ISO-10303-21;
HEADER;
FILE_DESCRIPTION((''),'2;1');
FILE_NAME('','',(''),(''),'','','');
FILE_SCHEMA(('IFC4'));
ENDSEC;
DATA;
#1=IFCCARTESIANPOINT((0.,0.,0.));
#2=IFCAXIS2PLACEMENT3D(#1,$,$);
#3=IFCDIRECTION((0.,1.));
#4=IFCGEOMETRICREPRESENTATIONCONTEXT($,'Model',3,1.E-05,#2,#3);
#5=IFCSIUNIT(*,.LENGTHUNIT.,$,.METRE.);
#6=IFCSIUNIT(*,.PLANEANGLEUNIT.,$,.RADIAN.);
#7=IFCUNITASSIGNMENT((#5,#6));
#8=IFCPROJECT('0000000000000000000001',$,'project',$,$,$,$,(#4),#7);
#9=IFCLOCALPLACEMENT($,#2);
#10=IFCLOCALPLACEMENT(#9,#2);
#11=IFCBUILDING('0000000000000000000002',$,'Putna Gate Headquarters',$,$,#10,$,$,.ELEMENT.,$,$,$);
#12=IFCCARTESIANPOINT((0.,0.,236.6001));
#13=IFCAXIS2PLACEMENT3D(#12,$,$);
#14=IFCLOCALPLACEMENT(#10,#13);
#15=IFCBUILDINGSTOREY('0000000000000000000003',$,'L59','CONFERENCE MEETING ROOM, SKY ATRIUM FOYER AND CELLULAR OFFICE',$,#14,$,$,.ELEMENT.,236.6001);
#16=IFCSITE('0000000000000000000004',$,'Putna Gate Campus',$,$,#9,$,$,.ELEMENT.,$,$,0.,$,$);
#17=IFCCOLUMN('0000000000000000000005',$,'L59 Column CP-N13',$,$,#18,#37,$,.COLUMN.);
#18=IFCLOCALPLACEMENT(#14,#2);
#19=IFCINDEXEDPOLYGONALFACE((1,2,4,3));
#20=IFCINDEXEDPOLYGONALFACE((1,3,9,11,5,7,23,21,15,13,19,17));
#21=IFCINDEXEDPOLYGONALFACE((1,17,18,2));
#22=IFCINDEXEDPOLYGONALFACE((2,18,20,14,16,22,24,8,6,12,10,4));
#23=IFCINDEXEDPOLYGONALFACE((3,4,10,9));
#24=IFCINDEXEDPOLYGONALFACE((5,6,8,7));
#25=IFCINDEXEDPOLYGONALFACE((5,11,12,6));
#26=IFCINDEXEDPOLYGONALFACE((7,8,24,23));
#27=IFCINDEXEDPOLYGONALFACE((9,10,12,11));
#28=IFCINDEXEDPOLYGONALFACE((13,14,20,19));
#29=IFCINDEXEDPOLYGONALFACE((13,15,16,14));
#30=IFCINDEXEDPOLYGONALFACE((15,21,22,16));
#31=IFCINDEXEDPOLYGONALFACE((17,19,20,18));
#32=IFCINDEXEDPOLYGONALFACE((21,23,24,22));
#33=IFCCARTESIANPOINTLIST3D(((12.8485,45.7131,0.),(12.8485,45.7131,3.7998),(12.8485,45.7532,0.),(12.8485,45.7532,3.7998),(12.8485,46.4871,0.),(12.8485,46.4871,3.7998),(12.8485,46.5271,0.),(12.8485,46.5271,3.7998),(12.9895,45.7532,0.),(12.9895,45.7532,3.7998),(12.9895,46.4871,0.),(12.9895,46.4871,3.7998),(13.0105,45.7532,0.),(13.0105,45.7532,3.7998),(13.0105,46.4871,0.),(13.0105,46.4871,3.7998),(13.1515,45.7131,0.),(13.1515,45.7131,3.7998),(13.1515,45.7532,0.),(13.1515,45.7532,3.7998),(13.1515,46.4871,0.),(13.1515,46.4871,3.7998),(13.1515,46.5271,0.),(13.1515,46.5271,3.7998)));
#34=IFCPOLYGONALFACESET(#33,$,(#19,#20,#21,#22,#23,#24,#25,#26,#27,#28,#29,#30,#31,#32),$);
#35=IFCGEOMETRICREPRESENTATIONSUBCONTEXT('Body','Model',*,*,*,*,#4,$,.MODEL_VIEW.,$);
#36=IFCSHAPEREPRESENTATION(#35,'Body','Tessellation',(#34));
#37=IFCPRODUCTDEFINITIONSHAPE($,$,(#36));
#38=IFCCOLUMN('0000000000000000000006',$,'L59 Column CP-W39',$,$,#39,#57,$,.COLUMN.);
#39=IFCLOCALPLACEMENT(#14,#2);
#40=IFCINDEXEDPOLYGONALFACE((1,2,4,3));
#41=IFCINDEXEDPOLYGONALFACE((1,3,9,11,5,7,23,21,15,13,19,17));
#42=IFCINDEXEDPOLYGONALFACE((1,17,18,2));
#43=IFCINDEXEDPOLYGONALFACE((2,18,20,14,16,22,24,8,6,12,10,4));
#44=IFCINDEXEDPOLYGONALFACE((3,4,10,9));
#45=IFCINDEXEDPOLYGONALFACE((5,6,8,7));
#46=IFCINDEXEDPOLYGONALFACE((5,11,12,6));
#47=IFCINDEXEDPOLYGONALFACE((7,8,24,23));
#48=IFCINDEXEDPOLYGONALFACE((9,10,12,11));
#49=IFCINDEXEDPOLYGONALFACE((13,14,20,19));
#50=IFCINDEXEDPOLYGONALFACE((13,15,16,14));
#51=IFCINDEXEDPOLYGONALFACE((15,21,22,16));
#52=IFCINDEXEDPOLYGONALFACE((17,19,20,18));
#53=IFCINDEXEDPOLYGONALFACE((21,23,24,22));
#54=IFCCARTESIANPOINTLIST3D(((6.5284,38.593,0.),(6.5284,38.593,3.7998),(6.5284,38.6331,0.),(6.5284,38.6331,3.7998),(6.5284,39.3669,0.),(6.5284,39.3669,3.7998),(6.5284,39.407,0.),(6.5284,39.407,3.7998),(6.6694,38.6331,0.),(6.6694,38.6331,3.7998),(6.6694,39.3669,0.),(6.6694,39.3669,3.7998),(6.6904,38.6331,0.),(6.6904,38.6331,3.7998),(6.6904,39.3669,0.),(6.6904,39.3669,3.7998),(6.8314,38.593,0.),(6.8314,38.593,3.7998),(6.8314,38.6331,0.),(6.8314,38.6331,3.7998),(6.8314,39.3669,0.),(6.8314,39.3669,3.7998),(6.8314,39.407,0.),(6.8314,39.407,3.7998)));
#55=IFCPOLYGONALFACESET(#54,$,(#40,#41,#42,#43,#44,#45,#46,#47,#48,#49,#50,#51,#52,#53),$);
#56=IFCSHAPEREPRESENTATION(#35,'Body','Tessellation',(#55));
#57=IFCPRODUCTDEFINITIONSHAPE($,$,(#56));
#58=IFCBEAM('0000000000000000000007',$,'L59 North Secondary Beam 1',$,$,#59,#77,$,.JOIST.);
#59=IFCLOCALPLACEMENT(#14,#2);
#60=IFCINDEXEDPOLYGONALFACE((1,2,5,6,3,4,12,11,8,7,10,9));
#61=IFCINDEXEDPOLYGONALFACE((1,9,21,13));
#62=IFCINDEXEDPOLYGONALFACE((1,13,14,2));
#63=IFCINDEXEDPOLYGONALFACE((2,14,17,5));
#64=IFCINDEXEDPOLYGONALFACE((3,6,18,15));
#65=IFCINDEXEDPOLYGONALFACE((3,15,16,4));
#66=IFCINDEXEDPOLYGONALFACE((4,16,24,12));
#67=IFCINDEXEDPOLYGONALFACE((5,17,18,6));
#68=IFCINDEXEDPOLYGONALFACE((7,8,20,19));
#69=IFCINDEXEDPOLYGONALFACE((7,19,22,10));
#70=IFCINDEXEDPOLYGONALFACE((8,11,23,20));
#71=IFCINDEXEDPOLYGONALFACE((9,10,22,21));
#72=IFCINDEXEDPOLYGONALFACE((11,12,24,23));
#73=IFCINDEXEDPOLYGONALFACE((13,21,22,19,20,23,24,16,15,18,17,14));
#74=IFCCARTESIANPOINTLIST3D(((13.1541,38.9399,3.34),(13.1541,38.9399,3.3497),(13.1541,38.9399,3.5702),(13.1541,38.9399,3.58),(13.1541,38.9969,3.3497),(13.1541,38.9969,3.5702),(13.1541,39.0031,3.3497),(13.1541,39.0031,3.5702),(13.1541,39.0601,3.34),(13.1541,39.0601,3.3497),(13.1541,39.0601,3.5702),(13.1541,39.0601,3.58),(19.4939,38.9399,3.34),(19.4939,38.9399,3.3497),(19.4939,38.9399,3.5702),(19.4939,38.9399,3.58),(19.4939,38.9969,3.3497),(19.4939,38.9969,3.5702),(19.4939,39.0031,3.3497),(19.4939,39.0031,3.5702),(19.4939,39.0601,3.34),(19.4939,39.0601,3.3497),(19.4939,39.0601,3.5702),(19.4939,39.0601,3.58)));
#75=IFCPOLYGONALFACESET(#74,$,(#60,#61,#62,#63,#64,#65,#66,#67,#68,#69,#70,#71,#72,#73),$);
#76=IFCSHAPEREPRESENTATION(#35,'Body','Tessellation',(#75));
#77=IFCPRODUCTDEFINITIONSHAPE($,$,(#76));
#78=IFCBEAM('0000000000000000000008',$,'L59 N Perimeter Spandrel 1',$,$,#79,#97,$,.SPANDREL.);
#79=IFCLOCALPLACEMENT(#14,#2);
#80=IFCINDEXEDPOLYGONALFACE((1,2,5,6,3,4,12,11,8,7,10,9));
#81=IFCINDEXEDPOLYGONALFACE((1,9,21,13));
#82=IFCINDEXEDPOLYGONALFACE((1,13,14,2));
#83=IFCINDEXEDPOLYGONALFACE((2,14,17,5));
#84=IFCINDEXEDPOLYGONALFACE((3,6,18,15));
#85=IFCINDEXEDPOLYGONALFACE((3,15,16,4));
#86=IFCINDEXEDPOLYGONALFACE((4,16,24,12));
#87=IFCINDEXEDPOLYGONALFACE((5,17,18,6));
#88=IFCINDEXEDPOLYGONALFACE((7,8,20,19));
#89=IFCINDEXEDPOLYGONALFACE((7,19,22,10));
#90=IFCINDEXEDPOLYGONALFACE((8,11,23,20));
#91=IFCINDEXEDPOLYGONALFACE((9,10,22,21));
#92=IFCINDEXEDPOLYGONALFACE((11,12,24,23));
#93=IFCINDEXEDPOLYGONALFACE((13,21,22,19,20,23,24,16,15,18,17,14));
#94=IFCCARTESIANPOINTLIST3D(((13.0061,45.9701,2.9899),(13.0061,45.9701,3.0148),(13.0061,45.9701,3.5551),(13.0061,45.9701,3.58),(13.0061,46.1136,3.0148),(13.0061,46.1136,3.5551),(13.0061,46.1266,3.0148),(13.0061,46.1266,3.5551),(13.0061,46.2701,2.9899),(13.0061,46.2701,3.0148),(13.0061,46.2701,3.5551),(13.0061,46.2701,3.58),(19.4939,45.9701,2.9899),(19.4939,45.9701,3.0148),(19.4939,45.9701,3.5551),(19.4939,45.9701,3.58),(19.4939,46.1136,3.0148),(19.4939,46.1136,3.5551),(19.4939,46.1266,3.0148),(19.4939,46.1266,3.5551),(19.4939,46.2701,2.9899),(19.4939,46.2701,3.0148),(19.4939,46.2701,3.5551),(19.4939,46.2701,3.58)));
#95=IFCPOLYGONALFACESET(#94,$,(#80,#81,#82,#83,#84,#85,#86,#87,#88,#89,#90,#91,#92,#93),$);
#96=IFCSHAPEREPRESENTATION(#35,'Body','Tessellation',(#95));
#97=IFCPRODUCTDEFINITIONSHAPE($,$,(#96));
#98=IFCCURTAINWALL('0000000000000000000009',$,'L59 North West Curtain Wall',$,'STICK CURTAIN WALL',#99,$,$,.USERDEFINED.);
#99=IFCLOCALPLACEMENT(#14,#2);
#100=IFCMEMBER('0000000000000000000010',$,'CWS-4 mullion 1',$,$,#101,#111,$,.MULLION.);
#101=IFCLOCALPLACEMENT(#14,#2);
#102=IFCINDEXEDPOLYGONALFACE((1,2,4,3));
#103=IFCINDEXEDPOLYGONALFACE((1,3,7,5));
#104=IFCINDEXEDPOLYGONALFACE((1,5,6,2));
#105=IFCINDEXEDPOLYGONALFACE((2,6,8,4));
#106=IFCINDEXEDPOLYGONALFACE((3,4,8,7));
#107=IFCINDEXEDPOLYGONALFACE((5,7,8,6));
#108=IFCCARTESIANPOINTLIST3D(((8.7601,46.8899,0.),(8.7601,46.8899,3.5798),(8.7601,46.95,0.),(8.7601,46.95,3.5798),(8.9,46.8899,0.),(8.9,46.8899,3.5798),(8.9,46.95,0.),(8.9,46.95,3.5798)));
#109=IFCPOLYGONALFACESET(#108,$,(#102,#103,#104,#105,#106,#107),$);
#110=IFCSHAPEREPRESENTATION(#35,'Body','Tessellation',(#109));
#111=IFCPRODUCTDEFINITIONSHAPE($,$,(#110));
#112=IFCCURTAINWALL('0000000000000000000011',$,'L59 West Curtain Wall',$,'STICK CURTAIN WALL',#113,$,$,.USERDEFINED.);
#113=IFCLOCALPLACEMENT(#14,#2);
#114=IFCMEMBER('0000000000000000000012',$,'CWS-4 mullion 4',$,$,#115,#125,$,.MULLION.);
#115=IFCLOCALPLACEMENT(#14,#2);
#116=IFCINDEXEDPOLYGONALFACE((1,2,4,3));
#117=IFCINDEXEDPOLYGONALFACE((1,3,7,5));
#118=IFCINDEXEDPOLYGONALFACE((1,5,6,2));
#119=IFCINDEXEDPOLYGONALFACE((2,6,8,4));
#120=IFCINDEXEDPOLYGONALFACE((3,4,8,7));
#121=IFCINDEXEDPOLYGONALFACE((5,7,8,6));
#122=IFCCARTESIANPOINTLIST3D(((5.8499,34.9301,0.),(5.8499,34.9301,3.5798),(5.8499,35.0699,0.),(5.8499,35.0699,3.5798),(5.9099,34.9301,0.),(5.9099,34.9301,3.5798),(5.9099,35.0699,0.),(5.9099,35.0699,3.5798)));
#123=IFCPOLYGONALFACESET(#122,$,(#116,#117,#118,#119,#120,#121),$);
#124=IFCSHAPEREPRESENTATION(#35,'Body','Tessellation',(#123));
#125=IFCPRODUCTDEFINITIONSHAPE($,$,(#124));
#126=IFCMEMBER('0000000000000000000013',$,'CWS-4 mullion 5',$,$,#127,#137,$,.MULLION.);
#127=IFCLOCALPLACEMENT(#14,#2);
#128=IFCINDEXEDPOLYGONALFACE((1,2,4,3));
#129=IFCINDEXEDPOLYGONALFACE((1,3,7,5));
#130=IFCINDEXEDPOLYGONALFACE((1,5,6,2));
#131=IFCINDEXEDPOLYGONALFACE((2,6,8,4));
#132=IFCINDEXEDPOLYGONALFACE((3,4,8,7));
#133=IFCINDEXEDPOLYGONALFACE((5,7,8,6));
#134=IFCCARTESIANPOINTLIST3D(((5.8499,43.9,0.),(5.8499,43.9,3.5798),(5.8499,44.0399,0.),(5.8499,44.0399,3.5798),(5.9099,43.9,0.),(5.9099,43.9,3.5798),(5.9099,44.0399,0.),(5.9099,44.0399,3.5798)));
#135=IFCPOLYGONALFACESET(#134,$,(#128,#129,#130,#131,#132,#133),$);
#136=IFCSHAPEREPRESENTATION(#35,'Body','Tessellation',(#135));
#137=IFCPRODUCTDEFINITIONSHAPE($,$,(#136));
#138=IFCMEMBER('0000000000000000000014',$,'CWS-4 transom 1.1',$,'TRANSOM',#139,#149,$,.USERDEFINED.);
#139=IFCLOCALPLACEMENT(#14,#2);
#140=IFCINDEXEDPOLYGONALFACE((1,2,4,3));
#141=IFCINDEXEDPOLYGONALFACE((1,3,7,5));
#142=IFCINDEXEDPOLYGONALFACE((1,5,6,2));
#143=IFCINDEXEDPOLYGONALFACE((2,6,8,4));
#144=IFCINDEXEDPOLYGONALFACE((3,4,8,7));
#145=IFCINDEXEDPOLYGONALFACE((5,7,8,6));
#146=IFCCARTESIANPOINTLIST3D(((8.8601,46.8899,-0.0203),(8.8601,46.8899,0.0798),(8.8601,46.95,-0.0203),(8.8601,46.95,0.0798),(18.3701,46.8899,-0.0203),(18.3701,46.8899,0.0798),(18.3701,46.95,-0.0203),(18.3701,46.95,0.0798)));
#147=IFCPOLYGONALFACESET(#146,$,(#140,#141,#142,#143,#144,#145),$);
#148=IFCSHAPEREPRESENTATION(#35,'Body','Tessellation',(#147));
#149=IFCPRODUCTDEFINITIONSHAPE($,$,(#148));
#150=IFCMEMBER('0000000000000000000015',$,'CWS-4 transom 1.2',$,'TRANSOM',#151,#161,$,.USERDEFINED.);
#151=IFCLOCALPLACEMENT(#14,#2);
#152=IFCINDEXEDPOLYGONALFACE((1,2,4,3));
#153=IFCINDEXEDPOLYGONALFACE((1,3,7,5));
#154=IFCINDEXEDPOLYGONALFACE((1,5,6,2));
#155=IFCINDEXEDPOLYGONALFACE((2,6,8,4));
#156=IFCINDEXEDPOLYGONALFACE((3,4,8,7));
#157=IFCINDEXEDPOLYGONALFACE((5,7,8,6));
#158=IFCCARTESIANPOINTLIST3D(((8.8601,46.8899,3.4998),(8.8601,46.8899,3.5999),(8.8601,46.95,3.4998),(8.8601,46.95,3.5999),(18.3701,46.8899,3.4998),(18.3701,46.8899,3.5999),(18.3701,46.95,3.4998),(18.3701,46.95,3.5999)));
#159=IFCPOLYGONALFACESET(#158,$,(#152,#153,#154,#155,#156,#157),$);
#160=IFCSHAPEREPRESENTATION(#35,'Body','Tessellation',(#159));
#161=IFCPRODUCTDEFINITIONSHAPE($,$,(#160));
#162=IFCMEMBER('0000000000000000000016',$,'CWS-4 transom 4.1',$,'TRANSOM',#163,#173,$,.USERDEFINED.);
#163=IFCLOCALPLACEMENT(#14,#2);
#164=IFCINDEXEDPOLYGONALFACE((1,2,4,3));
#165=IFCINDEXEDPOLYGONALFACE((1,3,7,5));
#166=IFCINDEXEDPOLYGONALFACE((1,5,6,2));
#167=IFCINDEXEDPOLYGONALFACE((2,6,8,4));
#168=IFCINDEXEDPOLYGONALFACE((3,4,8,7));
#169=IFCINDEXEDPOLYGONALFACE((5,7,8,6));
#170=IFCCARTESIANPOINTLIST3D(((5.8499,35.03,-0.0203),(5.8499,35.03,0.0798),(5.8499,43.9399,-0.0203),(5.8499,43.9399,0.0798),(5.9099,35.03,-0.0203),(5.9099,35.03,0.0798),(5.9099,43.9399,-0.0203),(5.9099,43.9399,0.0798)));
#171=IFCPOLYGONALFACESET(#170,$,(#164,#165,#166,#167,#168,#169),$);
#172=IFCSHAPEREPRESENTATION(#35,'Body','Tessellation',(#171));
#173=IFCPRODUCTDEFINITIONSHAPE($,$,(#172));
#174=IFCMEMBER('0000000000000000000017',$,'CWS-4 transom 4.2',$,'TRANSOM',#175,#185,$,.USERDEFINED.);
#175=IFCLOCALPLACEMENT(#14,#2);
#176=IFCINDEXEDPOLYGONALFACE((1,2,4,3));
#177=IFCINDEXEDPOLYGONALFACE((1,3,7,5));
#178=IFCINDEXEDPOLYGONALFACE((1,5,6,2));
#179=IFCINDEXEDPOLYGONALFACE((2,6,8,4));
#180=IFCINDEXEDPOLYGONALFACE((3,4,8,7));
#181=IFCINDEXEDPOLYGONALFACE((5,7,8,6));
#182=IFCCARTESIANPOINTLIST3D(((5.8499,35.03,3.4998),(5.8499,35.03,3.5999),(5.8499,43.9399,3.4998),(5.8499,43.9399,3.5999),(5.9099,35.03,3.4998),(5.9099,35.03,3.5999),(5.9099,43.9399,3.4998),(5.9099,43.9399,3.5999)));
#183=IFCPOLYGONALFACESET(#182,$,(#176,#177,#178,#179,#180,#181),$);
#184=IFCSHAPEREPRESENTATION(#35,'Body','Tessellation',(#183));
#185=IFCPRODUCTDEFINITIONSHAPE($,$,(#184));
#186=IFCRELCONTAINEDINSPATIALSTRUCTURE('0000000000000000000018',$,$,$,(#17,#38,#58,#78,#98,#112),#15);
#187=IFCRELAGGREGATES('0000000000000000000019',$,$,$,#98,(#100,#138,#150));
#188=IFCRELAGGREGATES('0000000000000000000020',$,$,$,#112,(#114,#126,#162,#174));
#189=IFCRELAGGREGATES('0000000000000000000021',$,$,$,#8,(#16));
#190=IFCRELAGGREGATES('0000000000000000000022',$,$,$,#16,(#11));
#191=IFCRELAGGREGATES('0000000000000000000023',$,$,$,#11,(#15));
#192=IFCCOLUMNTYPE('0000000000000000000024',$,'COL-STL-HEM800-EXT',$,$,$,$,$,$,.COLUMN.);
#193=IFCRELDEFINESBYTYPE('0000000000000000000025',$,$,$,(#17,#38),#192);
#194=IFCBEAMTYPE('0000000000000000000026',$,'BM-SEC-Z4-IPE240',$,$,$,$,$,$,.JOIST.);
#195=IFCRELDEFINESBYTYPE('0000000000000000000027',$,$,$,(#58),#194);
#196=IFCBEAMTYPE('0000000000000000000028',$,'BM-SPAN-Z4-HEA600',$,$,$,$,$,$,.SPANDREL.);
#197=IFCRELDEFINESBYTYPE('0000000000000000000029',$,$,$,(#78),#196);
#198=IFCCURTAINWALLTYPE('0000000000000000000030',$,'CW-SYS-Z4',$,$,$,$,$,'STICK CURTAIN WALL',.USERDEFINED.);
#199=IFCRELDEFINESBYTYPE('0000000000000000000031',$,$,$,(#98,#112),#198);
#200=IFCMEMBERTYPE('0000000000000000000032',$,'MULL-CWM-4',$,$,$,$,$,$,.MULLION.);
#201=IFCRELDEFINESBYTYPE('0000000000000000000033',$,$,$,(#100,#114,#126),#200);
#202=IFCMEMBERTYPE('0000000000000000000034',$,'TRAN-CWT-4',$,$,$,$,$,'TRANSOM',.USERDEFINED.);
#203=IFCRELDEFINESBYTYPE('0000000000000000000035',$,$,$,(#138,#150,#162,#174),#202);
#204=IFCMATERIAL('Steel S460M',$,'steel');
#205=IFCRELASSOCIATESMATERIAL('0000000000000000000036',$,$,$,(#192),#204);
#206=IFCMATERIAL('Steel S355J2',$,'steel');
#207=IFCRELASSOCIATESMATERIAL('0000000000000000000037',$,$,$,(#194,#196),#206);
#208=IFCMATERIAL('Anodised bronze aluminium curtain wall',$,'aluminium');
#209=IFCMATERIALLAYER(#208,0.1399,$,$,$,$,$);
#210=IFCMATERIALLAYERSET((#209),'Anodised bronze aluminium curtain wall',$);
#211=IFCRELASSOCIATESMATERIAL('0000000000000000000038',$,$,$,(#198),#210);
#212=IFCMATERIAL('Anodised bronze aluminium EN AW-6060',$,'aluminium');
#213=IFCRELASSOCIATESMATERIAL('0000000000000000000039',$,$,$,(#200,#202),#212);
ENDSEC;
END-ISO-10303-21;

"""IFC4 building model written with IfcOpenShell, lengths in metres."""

from ifc_helpers import new_model, si_unit, direction, frame, origin, origin_2d, place, context, subcontext, project, spatial, rectangle, i_section, extrude, material, layer, layer_set, material_profile, profile_set, type_object, element, aggregate, save


model = new_model("IFC4")

# Units and contexts
model_context = context("Model", 3, precision=1e-05, world=origin(), true_north=direction((0.0, 1.0)))
body_context = subcontext(model_context, "Body", "Model", "MODEL_VIEW")
ifc_project = project(units=[si_unit("LENGTHUNIT", "METRE"), si_unit("PLANEANGLEUNIT", "RADIAN")], contexts=[model_context])

# Site, building, storey
site_placement = place(None, origin())
site = spatial("IfcSite", under=ifc_project, at=site_placement, Name="Putna Gate Campus", CompositionType="ELEMENT", RefElevation=0.0)
building_placement = place(site_placement, origin())
building = spatial("IfcBuilding", under=site, at=building_placement, Name="Putna Gate Headquarters", CompositionType="ELEMENT")
storey_placement = place(building_placement, frame((0.0, 0.0, 236.6001)))
storey = spatial("IfcBuildingStorey", under=building, at=storey_placement, Name="L59", Description="CONFERENCE MEETING ROOM, SKY ATRIUM FOYER AND CELLULAR OFFICE", CompositionType="ELEMENT", Elevation=236.6001)

# Columns
ifc_material_1 = material(Name="Steel S460M", Category="steel")
ifc_material_profile_1 = material_profile(ifc_material_1, i_section(OverallWidth=0.303, OverallDepth=0.814, WebThickness=0.021, FlangeThickness=0.04, at=origin_2d()), Name="Steel S460M")
ifc_profile_set_1 = profile_set([ifc_material_profile_1], Name="Steel S460M")
column_type = type_object("IfcColumnType", Name="COL-STL-HEM800-EXT", PredefinedType="COLUMN", material=ifc_profile_set_1)
for number, where, z_axis, x_axis, name in (
    (1, (13.0, 46.1201, 0.0), (0.0, 0.0, 1.0), (1.0, 0.0, 0.0), "L59 Column CP-N13"),
    (2, (6.6799, 39.0, 0.0), (0.0, 0.0, 1.0), (1.0, 0.0, 0.0), "L59 Column CP-W39"),
):
    element("IfcColumn", number, at=place(storey_placement, frame(where, z_axis=z_axis, x_axis=x_axis)), inside=storey, type_object=column_type, Name=name, PredefinedType="COLUMN", context=body_context, shape_type="SweptSolid", body=[
        extrude(i_section(OverallWidth=0.303, OverallDepth=0.814, WebThickness=0.021, FlangeThickness=0.04, at=origin_2d()), origin(), (0.0, 0.0, 1.0), 3.7998),
    ])

# Beams
ifc_material_2 = material(Name="Steel S355J2", Category="steel")
ifc_material_profile_2 = material_profile(ifc_material_2, i_section(OverallWidth=0.1201, OverallDepth=0.24, WebThickness=0.0061, FlangeThickness=0.0098, at=origin_2d()), Name="Steel S355J2")
ifc_profile_set_2 = profile_set([ifc_material_profile_2], Name="Steel S355J2")
beam_type_1 = type_object("IfcBeamType", Name="BM-SEC-Z4-IPE240", PredefinedType="JOIST", material=ifc_profile_set_2)
beam_1_placement = place(storey_placement, frame((13.1541, 39.0, 3.46), z_axis=(1.0, 0.0, 0.0), x_axis=(0.0, 1.0, 0.0)))
element("IfcBeam", 3, at=beam_1_placement, inside=storey, type_object=beam_type_1, Name="L59 North Secondary Beam 1", PredefinedType="JOIST", context=body_context, shape_type="SweptSolid", body=[
    extrude(i_section(OverallWidth=0.1201, OverallDepth=0.24, WebThickness=0.0061, FlangeThickness=0.0098, at=origin_2d()), origin(), (0.0, 0.0, 1.0), 6.3398),
])
ifc_material_profile_3 = material_profile(ifc_material_2, i_section(OverallWidth=0.3, OverallDepth=0.5901, WebThickness=0.0129, FlangeThickness=0.0249, at=origin_2d()), Name="Steel S355J2")
ifc_profile_set_3 = profile_set([ifc_material_profile_3], Name="Steel S355J2")
beam_type_2 = type_object("IfcBeamType", Name="BM-SPAN-Z4-HEA600", PredefinedType="SPANDREL", material=ifc_profile_set_3)
beam_2_placement = place(storey_placement, frame((13.0061, 46.1201, 3.2849), z_axis=(1.0, 0.0, 0.0), x_axis=(0.0, 1.0, 0.0)))
element("IfcBeam", 4, at=beam_2_placement, inside=storey, type_object=beam_type_2, Name="L59 N Perimeter Spandrel 1", PredefinedType="SPANDREL", context=body_context, shape_type="SweptSolid", body=[
    extrude(i_section(OverallWidth=0.3, OverallDepth=0.5901, WebThickness=0.0129, FlangeThickness=0.0249, at=origin_2d()), origin(), (0.0, 0.0, 1.0), 6.4878),
])

# Curtain wall, member
ifc_material_3 = material(Name="Anodised bronze aluminium curtain wall", Category="aluminium")
ifc_layer_1 = layer(ifc_material_3, 0.1399)
ifc_layer_set_1 = layer_set([ifc_layer_1], Name="Anodised bronze aluminium curtain wall")
curtain_wall_type = type_object("IfcCurtainWallType", Name="CW-SYS-Z4", ElementType="STICK CURTAIN WALL", PredefinedType="USERDEFINED", material=ifc_layer_set_1)
curtain_wall_1_placement = place(storey_placement, origin())
curtain_wall_1 = element("IfcCurtainWall", 5, at=curtain_wall_1_placement, inside=storey, type_object=curtain_wall_type, Name="L59 North West Curtain Wall", ObjectType="STICK CURTAIN WALL", PredefinedType="USERDEFINED")
ifc_material_4 = material(Name="Anodised bronze aluminium EN AW-6060", Category="aluminium")
ifc_material_profile_4 = material_profile(ifc_material_4, rectangle(XDim=0.0601, YDim=0.1399, at=origin_2d()), Name="Anodised bronze aluminium EN AW-6060")
ifc_profile_set_4 = profile_set([ifc_material_profile_4], Name="Anodised bronze aluminium EN AW-6060")
member_type_1 = type_object("IfcMemberType", Name="MULL-CWM-4", PredefinedType="MULLION", material=ifc_profile_set_4)
member_1_placement = place(storey_placement, frame((8.8301, 46.9199, 0.0), z_axis=(0.0, 0.0, 1.0), x_axis=(0.0, 1.0, 0.0)))
member_1 = element("IfcMember", 6, at=member_1_placement, type_object=member_type_1, Name="CWS-4 mullion 1", PredefinedType="MULLION", context=body_context, shape_type="SweptSolid", body=[
    extrude(rectangle(XDim=0.0601, YDim=0.1399, at=origin_2d()), origin(), (0.0, 0.0, 1.0), 3.5798),
])

# Curtain wall, members
curtain_wall_2_placement = place(storey_placement, origin())
curtain_wall_2 = element("IfcCurtainWall", 7, at=curtain_wall_2_placement, inside=storey, type_object=curtain_wall_type, Name="L59 West Curtain Wall", ObjectType="STICK CURTAIN WALL", PredefinedType="USERDEFINED")
member_2_placement = place(storey_placement, frame((5.8799, 35.0, 0.0), z_axis=(0.0, 0.0, 1.0), x_axis=(-1.0, 0.0, 0.0)))
member_2 = element("IfcMember", 8, at=member_2_placement, type_object=member_type_1, Name="CWS-4 mullion 4", PredefinedType="MULLION", context=body_context, shape_type="SweptSolid", body=[
    extrude(rectangle(XDim=0.0601, YDim=0.1399, at=origin_2d()), origin(), (0.0, 0.0, 1.0), 3.5798),
])
member_3_placement = place(storey_placement, frame((5.8799, 43.97, 0.0), z_axis=(0.0, 0.0, 1.0), x_axis=(-1.0, 0.0, 0.0)))
member_3 = element("IfcMember", 9, at=member_3_placement, type_object=member_type_1, Name="CWS-4 mullion 5", PredefinedType="MULLION", context=body_context, shape_type="SweptSolid", body=[
    extrude(rectangle(XDim=0.0601, YDim=0.1399, at=origin_2d()), origin(), (0.0, 0.0, 1.0), 3.5798),
])

# Members
ifc_material_profile_5 = material_profile(ifc_material_4, rectangle(XDim=0.0601, YDim=0.1001, at=origin_2d()), Name="Anodised bronze aluminium EN AW-6060")
ifc_profile_set_5 = profile_set([ifc_material_profile_5], Name="Anodised bronze aluminium EN AW-6060")
member_type_2 = type_object("IfcMemberType", Name="TRAN-CWT-4", ElementType="TRANSOM", PredefinedType="USERDEFINED", material=ifc_profile_set_5)
member_4_placement = place(storey_placement, frame((8.8601, 46.9199, 0.0298), z_axis=(1.0, 0.0, 0.0), x_axis=(0.0, 1.0, 0.0)))
member_4 = element("IfcMember", 10, at=member_4_placement, type_object=member_type_2, Name="CWS-4 transom 1.1", ObjectType="TRANSOM", PredefinedType="USERDEFINED", context=body_context, shape_type="SweptSolid", body=[
    extrude(rectangle(XDim=0.0601, YDim=0.1001, at=origin_2d()), origin(), (0.0, 0.0, 1.0), 9.51),
])
member_5_placement = place(storey_placement, frame((8.8601, 46.9199, 3.5498), z_axis=(1.0, 0.0, 0.0), x_axis=(0.0, 1.0, 0.0)))
member_5 = element("IfcMember", 11, at=member_5_placement, type_object=member_type_2, Name="CWS-4 transom 1.2", ObjectType="TRANSOM", PredefinedType="USERDEFINED", context=body_context, shape_type="SweptSolid", body=[
    extrude(rectangle(XDim=0.0601, YDim=0.1001, at=origin_2d()), origin(), (0.0, 0.0, 1.0), 9.51),
])
member_6_placement = place(storey_placement, frame((5.8799, 35.03, 0.0298), z_axis=(0.0, 1.0, 0.0), x_axis=(-1.0, 0.0, 0.0)))
member_6 = element("IfcMember", 12, at=member_6_placement, type_object=member_type_2, Name="CWS-4 transom 4.1", ObjectType="TRANSOM", PredefinedType="USERDEFINED", context=body_context, shape_type="SweptSolid", body=[
    extrude(rectangle(XDim=0.0601, YDim=0.1001, at=origin_2d()), origin(), (0.0, 0.0, 1.0), 8.9099),
])
member_7_placement = place(storey_placement, frame((5.8799, 35.03, 3.5498), z_axis=(0.0, 1.0, 0.0), x_axis=(-1.0, 0.0, 0.0)))
member_7 = element("IfcMember", 13, at=member_7_placement, type_object=member_type_2, Name="CWS-4 transom 4.2", ObjectType="TRANSOM", PredefinedType="USERDEFINED", context=body_context, shape_type="SweptSolid", body=[
    extrude(rectangle(XDim=0.0601, YDim=0.1001, at=origin_2d()), origin(), (0.0, 0.0, 1.0), 8.9099),
])

aggregate(curtain_wall_1, [member_1, member_4, member_5])
aggregate(curtain_wall_2, [member_2, member_3, member_6, member_7])

save(model, "model.ifc")
